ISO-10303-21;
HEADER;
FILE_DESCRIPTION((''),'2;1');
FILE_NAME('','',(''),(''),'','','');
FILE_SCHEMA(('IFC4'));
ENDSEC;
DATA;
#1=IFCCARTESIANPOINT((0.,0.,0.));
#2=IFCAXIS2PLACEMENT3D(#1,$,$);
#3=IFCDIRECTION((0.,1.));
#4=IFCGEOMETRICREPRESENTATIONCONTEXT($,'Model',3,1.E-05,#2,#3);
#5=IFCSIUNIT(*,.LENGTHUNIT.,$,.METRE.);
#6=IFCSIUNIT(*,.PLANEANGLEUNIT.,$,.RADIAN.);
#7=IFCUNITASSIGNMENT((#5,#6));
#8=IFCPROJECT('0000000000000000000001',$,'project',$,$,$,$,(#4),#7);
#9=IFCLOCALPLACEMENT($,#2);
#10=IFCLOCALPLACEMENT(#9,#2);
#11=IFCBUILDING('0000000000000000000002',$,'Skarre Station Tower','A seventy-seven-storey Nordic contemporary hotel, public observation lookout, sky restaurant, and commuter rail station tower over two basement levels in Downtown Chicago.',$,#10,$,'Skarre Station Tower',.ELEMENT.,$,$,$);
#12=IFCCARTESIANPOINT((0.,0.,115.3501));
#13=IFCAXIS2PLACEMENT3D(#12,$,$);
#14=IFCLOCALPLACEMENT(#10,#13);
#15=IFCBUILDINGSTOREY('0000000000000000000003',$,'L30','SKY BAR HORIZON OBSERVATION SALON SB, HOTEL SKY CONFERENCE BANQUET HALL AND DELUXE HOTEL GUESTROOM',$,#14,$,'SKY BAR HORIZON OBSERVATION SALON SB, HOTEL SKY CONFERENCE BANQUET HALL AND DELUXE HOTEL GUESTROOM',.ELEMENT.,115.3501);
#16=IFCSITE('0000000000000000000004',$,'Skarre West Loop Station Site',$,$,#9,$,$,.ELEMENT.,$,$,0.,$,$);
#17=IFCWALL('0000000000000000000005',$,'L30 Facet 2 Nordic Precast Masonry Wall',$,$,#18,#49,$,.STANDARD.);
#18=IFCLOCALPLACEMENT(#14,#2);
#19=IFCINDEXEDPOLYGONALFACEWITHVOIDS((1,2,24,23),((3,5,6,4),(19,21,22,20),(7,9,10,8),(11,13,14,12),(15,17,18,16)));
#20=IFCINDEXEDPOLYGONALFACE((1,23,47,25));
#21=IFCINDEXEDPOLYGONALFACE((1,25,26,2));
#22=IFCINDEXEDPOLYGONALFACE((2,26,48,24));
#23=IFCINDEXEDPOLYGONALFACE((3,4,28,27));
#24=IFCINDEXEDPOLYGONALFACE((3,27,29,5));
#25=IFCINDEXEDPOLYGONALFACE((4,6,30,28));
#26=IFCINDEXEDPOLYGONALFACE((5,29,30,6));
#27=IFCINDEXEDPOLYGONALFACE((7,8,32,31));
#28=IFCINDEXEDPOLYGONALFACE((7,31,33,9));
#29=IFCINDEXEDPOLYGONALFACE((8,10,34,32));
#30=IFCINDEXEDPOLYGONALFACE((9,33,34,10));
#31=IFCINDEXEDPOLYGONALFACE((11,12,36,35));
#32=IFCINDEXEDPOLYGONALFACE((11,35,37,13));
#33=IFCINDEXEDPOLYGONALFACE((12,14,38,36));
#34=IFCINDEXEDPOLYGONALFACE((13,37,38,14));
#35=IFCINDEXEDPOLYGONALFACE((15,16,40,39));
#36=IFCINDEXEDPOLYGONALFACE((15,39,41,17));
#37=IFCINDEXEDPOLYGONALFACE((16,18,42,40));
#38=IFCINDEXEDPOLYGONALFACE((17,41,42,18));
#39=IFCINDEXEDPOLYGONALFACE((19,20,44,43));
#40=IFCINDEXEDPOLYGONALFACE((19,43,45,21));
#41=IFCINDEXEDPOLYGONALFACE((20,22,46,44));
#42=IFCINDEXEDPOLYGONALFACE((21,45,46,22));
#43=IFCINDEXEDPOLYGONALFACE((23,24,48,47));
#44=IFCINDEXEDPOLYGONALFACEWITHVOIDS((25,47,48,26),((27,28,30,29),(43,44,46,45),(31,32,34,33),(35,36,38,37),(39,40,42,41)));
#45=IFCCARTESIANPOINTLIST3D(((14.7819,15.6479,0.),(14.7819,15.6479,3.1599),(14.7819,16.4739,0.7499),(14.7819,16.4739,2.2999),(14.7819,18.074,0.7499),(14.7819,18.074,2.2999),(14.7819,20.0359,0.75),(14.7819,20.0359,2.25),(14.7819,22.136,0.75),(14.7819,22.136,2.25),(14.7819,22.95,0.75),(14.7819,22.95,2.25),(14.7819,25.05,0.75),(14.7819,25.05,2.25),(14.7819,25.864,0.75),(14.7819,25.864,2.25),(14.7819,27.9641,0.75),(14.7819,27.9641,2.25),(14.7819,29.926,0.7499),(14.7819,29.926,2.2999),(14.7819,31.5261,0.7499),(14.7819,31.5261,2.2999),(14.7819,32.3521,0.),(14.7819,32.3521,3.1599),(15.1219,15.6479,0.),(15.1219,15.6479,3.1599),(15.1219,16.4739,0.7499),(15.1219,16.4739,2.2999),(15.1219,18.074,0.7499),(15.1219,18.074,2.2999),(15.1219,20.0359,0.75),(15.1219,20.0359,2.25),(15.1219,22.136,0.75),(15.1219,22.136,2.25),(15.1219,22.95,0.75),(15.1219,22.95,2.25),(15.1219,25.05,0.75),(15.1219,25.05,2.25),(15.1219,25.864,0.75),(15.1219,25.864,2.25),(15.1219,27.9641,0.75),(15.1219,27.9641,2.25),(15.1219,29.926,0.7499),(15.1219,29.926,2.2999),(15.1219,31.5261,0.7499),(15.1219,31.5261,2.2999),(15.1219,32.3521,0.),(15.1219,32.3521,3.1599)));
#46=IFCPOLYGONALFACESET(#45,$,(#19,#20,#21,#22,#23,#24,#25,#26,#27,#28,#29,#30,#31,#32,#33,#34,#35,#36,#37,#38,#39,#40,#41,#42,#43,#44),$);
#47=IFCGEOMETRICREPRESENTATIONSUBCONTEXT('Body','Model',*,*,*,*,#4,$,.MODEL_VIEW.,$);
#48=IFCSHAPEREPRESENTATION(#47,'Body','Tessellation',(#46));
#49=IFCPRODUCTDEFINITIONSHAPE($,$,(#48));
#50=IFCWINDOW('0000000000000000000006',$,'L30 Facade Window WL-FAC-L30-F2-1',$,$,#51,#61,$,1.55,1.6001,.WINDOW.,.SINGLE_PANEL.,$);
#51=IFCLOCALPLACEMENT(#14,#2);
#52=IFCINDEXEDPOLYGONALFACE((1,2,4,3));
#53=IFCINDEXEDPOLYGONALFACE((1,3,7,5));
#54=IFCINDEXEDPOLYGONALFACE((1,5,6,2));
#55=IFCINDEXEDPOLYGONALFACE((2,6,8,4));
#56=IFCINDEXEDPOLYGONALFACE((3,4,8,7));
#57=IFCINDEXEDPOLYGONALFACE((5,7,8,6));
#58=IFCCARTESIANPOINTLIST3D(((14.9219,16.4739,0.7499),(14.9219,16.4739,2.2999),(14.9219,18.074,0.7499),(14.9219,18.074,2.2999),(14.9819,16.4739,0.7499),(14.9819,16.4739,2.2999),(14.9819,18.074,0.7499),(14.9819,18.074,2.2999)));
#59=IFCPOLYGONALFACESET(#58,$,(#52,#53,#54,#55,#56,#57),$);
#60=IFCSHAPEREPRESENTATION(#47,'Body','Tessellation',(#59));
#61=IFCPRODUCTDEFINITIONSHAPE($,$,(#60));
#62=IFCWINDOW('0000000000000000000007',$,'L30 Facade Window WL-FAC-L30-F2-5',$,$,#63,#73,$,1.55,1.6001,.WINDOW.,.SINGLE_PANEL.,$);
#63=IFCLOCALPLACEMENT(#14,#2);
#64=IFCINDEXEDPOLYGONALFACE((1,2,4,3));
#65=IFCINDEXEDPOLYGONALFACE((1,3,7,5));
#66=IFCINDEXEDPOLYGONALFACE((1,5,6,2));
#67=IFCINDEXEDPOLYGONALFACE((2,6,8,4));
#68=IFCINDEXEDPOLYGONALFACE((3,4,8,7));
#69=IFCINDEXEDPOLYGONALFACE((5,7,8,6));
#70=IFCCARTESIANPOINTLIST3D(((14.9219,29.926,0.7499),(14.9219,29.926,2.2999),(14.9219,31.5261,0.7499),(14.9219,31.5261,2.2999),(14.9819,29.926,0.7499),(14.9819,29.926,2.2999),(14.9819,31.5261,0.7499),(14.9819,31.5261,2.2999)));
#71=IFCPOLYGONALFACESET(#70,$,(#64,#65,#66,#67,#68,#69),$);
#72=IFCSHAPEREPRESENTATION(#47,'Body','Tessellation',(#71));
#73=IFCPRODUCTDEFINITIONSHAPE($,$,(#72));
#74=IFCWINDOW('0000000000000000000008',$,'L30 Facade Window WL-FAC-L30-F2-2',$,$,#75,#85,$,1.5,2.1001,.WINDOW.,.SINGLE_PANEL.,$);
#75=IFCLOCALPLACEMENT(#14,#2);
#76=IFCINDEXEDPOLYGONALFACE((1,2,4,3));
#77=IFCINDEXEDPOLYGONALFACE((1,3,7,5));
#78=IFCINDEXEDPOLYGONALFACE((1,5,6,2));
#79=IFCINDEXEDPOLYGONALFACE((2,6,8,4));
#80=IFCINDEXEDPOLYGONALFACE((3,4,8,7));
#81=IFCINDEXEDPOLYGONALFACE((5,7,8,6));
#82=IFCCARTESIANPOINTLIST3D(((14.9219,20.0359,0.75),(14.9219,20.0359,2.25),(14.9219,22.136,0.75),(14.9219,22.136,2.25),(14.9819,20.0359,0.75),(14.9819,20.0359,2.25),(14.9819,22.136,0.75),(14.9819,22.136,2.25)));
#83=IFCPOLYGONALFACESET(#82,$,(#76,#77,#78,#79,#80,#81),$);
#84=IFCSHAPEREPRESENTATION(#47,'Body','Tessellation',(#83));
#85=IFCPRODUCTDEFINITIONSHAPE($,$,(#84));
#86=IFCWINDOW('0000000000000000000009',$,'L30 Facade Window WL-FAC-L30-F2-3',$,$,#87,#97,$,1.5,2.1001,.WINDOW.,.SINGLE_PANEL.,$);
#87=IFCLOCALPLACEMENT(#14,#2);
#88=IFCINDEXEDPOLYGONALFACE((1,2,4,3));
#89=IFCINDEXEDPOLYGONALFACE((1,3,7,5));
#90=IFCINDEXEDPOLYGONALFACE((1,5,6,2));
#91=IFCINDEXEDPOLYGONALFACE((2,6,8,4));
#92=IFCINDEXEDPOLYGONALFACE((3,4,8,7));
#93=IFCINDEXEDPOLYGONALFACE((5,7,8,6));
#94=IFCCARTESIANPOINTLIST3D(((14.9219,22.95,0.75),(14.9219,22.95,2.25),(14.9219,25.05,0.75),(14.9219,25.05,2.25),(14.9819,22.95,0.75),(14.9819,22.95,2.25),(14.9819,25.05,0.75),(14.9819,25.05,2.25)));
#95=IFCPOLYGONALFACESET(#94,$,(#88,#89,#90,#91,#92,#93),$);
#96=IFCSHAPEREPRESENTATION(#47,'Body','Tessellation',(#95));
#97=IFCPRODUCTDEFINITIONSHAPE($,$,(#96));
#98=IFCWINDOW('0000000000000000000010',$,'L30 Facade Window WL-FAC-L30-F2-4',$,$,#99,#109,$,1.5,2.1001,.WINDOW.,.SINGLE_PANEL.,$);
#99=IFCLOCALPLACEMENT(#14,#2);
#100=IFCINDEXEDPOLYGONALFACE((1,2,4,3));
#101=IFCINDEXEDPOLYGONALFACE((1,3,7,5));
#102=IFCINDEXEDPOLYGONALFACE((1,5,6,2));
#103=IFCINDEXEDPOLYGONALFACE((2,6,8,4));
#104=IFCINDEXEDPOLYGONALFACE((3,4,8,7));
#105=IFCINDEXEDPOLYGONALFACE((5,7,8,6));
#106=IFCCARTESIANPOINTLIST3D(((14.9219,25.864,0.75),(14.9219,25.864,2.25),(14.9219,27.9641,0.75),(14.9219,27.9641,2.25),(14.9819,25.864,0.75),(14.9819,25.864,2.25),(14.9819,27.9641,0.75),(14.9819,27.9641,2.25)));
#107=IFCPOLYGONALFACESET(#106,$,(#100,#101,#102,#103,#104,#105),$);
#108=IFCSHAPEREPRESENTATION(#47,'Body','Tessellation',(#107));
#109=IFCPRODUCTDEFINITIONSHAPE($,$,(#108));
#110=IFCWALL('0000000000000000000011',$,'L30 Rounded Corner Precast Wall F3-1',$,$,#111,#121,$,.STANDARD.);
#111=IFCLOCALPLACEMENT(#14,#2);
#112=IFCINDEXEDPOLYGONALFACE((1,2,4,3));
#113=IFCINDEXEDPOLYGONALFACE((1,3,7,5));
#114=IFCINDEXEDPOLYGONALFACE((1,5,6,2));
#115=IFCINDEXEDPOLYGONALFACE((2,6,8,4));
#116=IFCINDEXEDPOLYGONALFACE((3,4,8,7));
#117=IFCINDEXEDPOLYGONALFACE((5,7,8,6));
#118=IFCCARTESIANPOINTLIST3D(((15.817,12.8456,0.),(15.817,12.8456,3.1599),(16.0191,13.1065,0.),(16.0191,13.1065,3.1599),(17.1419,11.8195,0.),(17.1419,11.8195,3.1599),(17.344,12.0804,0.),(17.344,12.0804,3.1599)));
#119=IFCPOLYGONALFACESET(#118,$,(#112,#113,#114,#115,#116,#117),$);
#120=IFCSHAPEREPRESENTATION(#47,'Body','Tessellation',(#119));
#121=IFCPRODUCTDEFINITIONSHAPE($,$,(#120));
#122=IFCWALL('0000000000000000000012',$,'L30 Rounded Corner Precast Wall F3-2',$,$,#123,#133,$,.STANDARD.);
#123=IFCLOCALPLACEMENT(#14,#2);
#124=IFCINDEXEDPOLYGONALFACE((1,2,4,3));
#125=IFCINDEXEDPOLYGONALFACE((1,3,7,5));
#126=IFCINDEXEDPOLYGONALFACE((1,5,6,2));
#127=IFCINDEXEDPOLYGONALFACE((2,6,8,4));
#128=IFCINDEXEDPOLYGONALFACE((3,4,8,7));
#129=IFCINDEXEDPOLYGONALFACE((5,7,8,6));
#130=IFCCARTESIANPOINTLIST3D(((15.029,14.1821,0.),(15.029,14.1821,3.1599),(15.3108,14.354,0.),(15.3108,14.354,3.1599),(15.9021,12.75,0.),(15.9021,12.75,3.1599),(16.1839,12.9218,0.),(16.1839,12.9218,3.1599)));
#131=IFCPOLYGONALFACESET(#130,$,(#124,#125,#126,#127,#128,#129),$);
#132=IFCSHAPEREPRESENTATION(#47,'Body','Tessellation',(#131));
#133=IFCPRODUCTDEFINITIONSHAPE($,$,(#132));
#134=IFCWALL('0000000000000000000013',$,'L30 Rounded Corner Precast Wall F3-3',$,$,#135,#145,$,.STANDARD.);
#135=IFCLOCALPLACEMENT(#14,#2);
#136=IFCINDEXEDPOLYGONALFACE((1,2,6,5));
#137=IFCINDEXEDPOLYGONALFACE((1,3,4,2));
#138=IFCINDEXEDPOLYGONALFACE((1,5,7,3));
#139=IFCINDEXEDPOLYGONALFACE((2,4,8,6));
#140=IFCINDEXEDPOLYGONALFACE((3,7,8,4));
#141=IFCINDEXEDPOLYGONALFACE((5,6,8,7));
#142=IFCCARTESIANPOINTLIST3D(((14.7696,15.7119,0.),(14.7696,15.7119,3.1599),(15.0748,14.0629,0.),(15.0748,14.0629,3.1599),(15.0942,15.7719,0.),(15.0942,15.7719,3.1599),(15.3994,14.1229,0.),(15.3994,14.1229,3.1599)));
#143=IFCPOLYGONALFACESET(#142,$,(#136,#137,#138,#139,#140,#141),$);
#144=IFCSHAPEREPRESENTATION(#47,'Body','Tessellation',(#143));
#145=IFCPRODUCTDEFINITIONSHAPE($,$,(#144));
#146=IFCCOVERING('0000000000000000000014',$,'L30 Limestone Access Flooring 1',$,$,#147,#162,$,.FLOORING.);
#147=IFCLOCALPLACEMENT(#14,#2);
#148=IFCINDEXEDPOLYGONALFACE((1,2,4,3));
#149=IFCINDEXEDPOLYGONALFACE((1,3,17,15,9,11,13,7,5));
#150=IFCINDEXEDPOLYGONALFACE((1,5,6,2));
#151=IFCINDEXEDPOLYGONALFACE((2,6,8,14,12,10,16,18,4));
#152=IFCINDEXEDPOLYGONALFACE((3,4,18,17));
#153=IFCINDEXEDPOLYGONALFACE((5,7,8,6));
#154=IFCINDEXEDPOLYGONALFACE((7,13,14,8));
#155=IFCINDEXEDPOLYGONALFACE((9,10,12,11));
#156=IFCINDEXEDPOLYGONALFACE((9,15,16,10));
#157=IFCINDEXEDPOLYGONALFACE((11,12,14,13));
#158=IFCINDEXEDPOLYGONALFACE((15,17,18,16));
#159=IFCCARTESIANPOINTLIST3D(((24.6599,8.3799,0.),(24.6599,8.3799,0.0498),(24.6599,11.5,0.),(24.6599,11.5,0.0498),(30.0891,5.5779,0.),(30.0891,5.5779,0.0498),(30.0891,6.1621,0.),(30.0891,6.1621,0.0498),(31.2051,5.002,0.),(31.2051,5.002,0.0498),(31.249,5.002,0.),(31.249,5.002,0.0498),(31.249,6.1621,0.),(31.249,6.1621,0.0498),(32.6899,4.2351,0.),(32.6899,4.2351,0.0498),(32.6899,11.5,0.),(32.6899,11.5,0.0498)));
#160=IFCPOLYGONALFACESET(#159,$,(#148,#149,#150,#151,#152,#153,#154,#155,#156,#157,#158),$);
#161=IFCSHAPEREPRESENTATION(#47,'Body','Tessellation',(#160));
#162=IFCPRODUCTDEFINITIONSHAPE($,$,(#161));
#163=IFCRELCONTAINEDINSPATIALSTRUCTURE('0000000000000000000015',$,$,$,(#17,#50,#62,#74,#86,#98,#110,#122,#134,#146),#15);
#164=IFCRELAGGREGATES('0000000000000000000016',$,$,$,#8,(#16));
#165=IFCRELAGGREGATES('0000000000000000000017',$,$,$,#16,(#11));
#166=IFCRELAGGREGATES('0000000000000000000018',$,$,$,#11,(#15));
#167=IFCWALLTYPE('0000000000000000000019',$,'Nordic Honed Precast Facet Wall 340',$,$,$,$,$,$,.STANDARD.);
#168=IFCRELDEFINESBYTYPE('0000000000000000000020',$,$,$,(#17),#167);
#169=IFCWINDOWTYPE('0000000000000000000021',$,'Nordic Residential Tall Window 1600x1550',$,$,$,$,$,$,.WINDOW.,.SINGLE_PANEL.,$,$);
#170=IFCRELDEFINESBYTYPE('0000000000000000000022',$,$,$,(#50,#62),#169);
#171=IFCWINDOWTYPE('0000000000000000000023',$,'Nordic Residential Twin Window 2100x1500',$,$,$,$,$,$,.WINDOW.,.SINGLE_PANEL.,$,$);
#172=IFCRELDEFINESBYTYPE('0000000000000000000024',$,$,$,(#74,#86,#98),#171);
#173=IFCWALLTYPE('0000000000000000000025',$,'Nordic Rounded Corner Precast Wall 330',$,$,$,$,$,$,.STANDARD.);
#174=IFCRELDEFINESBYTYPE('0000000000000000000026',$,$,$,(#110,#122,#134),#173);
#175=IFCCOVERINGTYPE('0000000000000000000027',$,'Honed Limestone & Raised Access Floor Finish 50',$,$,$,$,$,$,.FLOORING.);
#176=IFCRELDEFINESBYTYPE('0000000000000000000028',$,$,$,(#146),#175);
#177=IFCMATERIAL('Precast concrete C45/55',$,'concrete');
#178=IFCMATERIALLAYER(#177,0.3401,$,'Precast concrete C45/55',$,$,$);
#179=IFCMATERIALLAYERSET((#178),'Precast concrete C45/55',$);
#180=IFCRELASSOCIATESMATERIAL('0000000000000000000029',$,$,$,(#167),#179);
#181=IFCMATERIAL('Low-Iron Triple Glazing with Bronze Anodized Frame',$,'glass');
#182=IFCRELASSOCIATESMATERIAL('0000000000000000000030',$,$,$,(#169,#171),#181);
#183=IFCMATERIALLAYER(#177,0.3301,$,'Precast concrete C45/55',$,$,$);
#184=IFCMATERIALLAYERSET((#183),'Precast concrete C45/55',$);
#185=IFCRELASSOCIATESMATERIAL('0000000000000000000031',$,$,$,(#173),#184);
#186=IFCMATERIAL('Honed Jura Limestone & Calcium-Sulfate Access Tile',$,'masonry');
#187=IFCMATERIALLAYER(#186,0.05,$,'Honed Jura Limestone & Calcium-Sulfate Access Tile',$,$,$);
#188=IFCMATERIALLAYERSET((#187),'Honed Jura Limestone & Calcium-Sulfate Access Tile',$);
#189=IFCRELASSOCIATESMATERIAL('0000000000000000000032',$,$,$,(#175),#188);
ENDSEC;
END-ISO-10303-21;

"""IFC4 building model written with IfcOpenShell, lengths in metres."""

from ifc_helpers import new_model, si_unit, direction, frame, frame_2d, origin, place, context, subcontext, project, spatial, polyline, rectangle, outline, extrude, material, layer, layer_set, type_object, element, fill, save


model = new_model("IFC4")

# Units and contexts
model_context = context("Model", 3, precision=1e-05, world=origin(), true_north=direction((0.0, 1.0)))
body_context = subcontext(model_context, "Body", "Model", "MODEL_VIEW")
ifc_project = project(units=[si_unit("LENGTHUNIT", "METRE"), si_unit("PLANEANGLEUNIT", "RADIAN")], contexts=[model_context])

# Site, building, storey
site_placement = place(None, origin())
site = spatial("IfcSite", under=ifc_project, at=site_placement, Name="Skarre West Loop Station Site", CompositionType="ELEMENT", RefElevation=0.0)
building_placement = place(site_placement, origin())
building = spatial("IfcBuilding", under=site, at=building_placement, Name="Skarre Station Tower", Description="A seventy-seven-storey Nordic contemporary hotel, public observation lookout, sky restaurant, and commuter rail station tower over two basement levels in Downtown Chicago.", LongName="Skarre Station Tower", CompositionType="ELEMENT")
storey_placement = place(building_placement, frame((0.0, 0.0, 115.3501)))
storey = spatial("IfcBuildingStorey", under=building, at=storey_placement, Name="L30", Description="SKY BAR HORIZON OBSERVATION SALON SB, HOTEL SKY CONFERENCE BANQUET HALL AND DELUXE HOTEL GUESTROOM", LongName="SKY BAR HORIZON OBSERVATION SALON SB, HOTEL SKY CONFERENCE BANQUET HALL AND DELUXE HOTEL GUESTROOM", CompositionType="ELEMENT", Elevation=115.3501)

# Wall, openings, windows
ifc_material_1 = material(Name="Precast concrete C45/55", Category="concrete")
ifc_layer_1 = layer(ifc_material_1, 0.3401, Name="Precast concrete C45/55")
ifc_layer_set_1 = layer_set([ifc_layer_1], Name="Precast concrete C45/55")
wall_type_1 = type_object("IfcWallType", Name="Nordic Honed Precast Facet Wall 340", PredefinedType="STANDARD", material=ifc_layer_set_1)
wall_1_placement = place(storey_placement, frame((14.9519, 15.6479, 0.0), z_axis=(0.0, 0.0, 1.0), x_axis=(0.0, 1.0, 0.0)))
wall_1 = element("IfcWall", 1, at=wall_1_placement, inside=storey, type_object=wall_type_1, Name="L30 Facet 2 Nordic Precast Masonry Wall", PredefinedType="STANDARD", context=body_context, shape_type="SweptSolid", body=[
    extrude(rectangle(XDim=16.7041, YDim=0.3401, at=frame_2d((8.3521, 0.0))), origin(), (0.0, 0.0, 1.0), 3.1599),
])
opening_1_placement = place(wall_1_placement, frame((0.8259, 0.0, 0.75)))
opening_1 = element("IfcOpeningElement", 2, at=opening_1_placement, cuts=wall_1, PredefinedType="OPENING", context=body_context, shape_type="SweptSolid", body=[
    extrude(rectangle(XDim=1.6001, YDim=1.55, at=frame_2d((0.8, 0.7749))), frame((0.0, 0.1799, 0.0), z_axis=(0.0, -1.0, 0.0), x_axis=(1.0, 0.0, 0.0)), (0.0, 0.0, 1.0), 0.3601),
])
opening_2_placement = place(wall_1_placement, frame((4.3879, 0.0, 0.75)))
opening_2 = element("IfcOpeningElement", 3, at=opening_2_placement, cuts=wall_1, PredefinedType="OPENING", context=body_context, shape_type="SweptSolid", body=[
    extrude(rectangle(XDim=2.1001, YDim=1.5, at=frame_2d((1.05, 0.75))), frame((0.0, 0.1799, 0.0), z_axis=(0.0, -1.0, 0.0), x_axis=(1.0, 0.0, 0.0)), (0.0, 0.0, 1.0), 0.3601),
])
opening_3_placement = place(wall_1_placement, frame((7.302, 0.0, 0.75)))
opening_3 = element("IfcOpeningElement", 4, at=opening_3_placement, cuts=wall_1, PredefinedType="OPENING", context=body_context, shape_type="SweptSolid", body=[
    extrude(rectangle(XDim=2.1001, YDim=1.5, at=frame_2d((1.05, 0.75))), frame((0.0, 0.1799, 0.0), z_axis=(0.0, -1.0, 0.0), x_axis=(1.0, 0.0, 0.0)), (0.0, 0.0, 1.0), 0.3601),
])
opening_4_placement = place(wall_1_placement, frame((10.2161, 0.0, 0.75)))
opening_4 = element("IfcOpeningElement", 5, at=opening_4_placement, cuts=wall_1, PredefinedType="OPENING", context=body_context, shape_type="SweptSolid", body=[
    extrude(rectangle(XDim=2.1001, YDim=1.5, at=frame_2d((1.05, 0.75))), frame((0.0, 0.1799, 0.0), z_axis=(0.0, -1.0, 0.0), x_axis=(1.0, 0.0, 0.0)), (0.0, 0.0, 1.0), 0.3601),
])
opening_5_placement = place(wall_1_placement, frame((14.2781, 0.0, 0.75)))
opening_5 = element("IfcOpeningElement", 6, at=opening_5_placement, cuts=wall_1, PredefinedType="OPENING", context=body_context, shape_type="SweptSolid", body=[
    extrude(rectangle(XDim=1.6001, YDim=1.55, at=frame_2d((0.8, 0.7749))), frame((0.0, 0.1799, 0.0), z_axis=(0.0, -1.0, 0.0), x_axis=(1.0, 0.0, 0.0)), (0.0, 0.0, 1.0), 0.3601),
])
ifc_material_2 = material(Name="Low-Iron Triple Glazing with Bronze Anodized Frame", Category="glass")
window_type_1 = type_object("IfcWindowType", Name="Nordic Residential Tall Window 1600x1550", PartitioningType="SINGLE_PANEL", PredefinedType="WINDOW", material=ifc_material_2)
window_1_placement = place(opening_1_placement, origin())
window_1 = element("IfcWindow", 7, at=window_1_placement, inside=storey, type_object=window_type_1, Name="L30 Facade Window WL-FAC-L30-F2-1", OverallHeight=1.55, OverallWidth=1.6001, PartitioningType="SINGLE_PANEL", PredefinedType="WINDOW", context=body_context, shape_type="SweptSolid", body=[
    extrude(rectangle(XDim=1.6001, YDim=1.55, at=frame_2d((0.8, 0.7749))), frame((0.0, 0.03, 0.0), z_axis=(0.0, -1.0, 0.0), x_axis=(1.0, 0.0, 0.0)), (0.0, 0.0, 1.0), 0.0601),
])
fill(opening_1, window_1)
window_2_placement = place(opening_5_placement, origin())
window_2 = element("IfcWindow", 8, at=window_2_placement, inside=storey, type_object=window_type_1, Name="L30 Facade Window WL-FAC-L30-F2-5", OverallHeight=1.55, OverallWidth=1.6001, PartitioningType="SINGLE_PANEL", PredefinedType="WINDOW", context=body_context, shape_type="SweptSolid", body=[
    extrude(rectangle(XDim=1.6001, YDim=1.55, at=frame_2d((0.8, 0.7749))), frame((0.0, 0.03, 0.0), z_axis=(0.0, -1.0, 0.0), x_axis=(1.0, 0.0, 0.0)), (0.0, 0.0, 1.0), 0.0601),
])
fill(opening_5, window_2)
window_type_2 = type_object("IfcWindowType", Name="Nordic Residential Twin Window 2100x1500", PartitioningType="SINGLE_PANEL", PredefinedType="WINDOW", material=ifc_material_2)
window_3_placement = place(opening_2_placement, origin())
window_3 = element("IfcWindow", 9, at=window_3_placement, inside=storey, type_object=window_type_2, Name="L30 Facade Window WL-FAC-L30-F2-2", OverallHeight=1.5, OverallWidth=2.1001, PartitioningType="SINGLE_PANEL", PredefinedType="WINDOW", context=body_context, shape_type="SweptSolid", body=[
    extrude(rectangle(XDim=2.1001, YDim=1.5, at=frame_2d((1.05, 0.75))), frame((0.0, 0.03, 0.0), z_axis=(0.0, -1.0, 0.0), x_axis=(1.0, 0.0, 0.0)), (0.0, 0.0, 1.0), 0.0601),
])
fill(opening_2, window_3)
window_4_placement = place(opening_3_placement, origin())
window_4 = element("IfcWindow", 10, at=window_4_placement, inside=storey, type_object=window_type_2, Name="L30 Facade Window WL-FAC-L30-F2-3", OverallHeight=1.5, OverallWidth=2.1001, PartitioningType="SINGLE_PANEL", PredefinedType="WINDOW", context=body_context, shape_type="SweptSolid", body=[
    extrude(rectangle(XDim=2.1001, YDim=1.5, at=frame_2d((1.05, 0.75))), frame((0.0, 0.03, 0.0), z_axis=(0.0, -1.0, 0.0), x_axis=(1.0, 0.0, 0.0)), (0.0, 0.0, 1.0), 0.0601),
])
fill(opening_3, window_4)
window_5_placement = place(opening_4_placement, origin())
window_5 = element("IfcWindow", 11, at=window_5_placement, inside=storey, type_object=window_type_2, Name="L30 Facade Window WL-FAC-L30-F2-4", OverallHeight=1.5, OverallWidth=2.1001, PartitioningType="SINGLE_PANEL", PredefinedType="WINDOW", context=body_context, shape_type="SweptSolid", body=[
    extrude(rectangle(XDim=2.1001, YDim=1.5, at=frame_2d((1.05, 0.75))), frame((0.0, 0.03, 0.0), z_axis=(0.0, -1.0, 0.0), x_axis=(1.0, 0.0, 0.0)), (0.0, 0.0, 1.0), 0.0601),
])
fill(opening_4, window_5)

# Walls
ifc_layer_2 = layer(ifc_material_1, 0.3301, Name="Precast concrete C45/55")
ifc_layer_set_2 = layer_set([ifc_layer_2], Name="Precast concrete C45/55")
wall_type_2 = type_object("IfcWallType", Name="Nordic Rounded Corner Precast Wall 330", PredefinedType="STANDARD", material=ifc_layer_set_2)
wall_2_placement = place(storey_placement, frame((17.2429, 11.95, 0.0), z_axis=(0.0, 0.0, 1.0), x_axis=(-0.790621, 0.612305, 0.0)))
element("IfcWall", 12, at=wall_2_placement, inside=storey, type_object=wall_type_2, Name="L30 Rounded Corner Precast Wall F3-1", PredefinedType="STANDARD", context=body_context, shape_type="SweptSolid", body=[
    extrude(rectangle(XDim=1.6758, YDim=0.3301, at=frame_2d((0.8379, 0.0))), origin(), (0.0, 0.0, 1.0), 3.1599),
])
wall_3_placement = place(storey_placement, frame((16.043, 12.8359, 0.0), z_axis=(0.0, 0.0, 1.0), x_axis=(-0.520519, 0.85385, 0.0)))
element("IfcWall", 13, at=wall_3_placement, inside=storey, type_object=wall_type_2, Name="L30 Rounded Corner Precast Wall F3-2", PredefinedType="STANDARD", context=body_context, shape_type="SweptSolid", body=[
    extrude(rectangle(XDim=1.6772, YDim=0.3301, at=frame_2d((0.8386, 0.0))), origin(), (0.0, 0.0, 1.0), 3.1599),
])
wall_4_placement = place(storey_placement, frame((15.2371, 14.093, 0.0), z_axis=(0.0, 0.0, 1.0), x_axis=(-0.181985, 0.983301, 0.0)))
element("IfcWall", 14, at=wall_4_placement, inside=storey, type_object=wall_type_2, Name="L30 Rounded Corner Precast Wall F3-3", PredefinedType="STANDARD", context=body_context, shape_type="SweptSolid", body=[
    extrude(rectangle(XDim=1.677, YDim=0.3301, at=frame_2d((0.8384, 0.0))), origin(), (0.0, 0.0, 1.0), 3.1599),
])

# Covering
ifc_material_3 = material(Name="Honed Jura Limestone & Calcium-Sulfate Access Tile", Category="masonry")
ifc_layer_3 = layer(ifc_material_3, 0.05, Name="Honed Jura Limestone & Calcium-Sulfate Access Tile")
ifc_layer_set_3 = layer_set([ifc_layer_3], Name="Honed Jura Limestone & Calcium-Sulfate Access Tile")
covering_type_1 = type_object("IfcCoveringType", Name="Honed Limestone & Raised Access Floor Finish 50", PredefinedType="FLOORING", material=ifc_layer_set_3)
covering_1_placement = place(storey_placement, origin())
element("IfcCovering", 15, at=covering_1_placement, inside=storey, type_object=covering_type_1, Name="L30 Limestone Access Flooring 1", PredefinedType="FLOORING", context=body_context, shape_type="SweptSolid", body=[
    extrude(outline(polyline([(24.6599, 8.3799), (30.0891, 5.5779), (30.0891, 6.1621), (31.249, 6.1621), (31.249, 5.002), (31.2051, 5.002), (32.6899, 4.2351), (32.6899, 11.5), (24.6599, 11.5), (24.6599, 8.3799)])), origin(), (0.0, 0.0, 1.0), 0.0498),
])

save(model, "model.ifc")
